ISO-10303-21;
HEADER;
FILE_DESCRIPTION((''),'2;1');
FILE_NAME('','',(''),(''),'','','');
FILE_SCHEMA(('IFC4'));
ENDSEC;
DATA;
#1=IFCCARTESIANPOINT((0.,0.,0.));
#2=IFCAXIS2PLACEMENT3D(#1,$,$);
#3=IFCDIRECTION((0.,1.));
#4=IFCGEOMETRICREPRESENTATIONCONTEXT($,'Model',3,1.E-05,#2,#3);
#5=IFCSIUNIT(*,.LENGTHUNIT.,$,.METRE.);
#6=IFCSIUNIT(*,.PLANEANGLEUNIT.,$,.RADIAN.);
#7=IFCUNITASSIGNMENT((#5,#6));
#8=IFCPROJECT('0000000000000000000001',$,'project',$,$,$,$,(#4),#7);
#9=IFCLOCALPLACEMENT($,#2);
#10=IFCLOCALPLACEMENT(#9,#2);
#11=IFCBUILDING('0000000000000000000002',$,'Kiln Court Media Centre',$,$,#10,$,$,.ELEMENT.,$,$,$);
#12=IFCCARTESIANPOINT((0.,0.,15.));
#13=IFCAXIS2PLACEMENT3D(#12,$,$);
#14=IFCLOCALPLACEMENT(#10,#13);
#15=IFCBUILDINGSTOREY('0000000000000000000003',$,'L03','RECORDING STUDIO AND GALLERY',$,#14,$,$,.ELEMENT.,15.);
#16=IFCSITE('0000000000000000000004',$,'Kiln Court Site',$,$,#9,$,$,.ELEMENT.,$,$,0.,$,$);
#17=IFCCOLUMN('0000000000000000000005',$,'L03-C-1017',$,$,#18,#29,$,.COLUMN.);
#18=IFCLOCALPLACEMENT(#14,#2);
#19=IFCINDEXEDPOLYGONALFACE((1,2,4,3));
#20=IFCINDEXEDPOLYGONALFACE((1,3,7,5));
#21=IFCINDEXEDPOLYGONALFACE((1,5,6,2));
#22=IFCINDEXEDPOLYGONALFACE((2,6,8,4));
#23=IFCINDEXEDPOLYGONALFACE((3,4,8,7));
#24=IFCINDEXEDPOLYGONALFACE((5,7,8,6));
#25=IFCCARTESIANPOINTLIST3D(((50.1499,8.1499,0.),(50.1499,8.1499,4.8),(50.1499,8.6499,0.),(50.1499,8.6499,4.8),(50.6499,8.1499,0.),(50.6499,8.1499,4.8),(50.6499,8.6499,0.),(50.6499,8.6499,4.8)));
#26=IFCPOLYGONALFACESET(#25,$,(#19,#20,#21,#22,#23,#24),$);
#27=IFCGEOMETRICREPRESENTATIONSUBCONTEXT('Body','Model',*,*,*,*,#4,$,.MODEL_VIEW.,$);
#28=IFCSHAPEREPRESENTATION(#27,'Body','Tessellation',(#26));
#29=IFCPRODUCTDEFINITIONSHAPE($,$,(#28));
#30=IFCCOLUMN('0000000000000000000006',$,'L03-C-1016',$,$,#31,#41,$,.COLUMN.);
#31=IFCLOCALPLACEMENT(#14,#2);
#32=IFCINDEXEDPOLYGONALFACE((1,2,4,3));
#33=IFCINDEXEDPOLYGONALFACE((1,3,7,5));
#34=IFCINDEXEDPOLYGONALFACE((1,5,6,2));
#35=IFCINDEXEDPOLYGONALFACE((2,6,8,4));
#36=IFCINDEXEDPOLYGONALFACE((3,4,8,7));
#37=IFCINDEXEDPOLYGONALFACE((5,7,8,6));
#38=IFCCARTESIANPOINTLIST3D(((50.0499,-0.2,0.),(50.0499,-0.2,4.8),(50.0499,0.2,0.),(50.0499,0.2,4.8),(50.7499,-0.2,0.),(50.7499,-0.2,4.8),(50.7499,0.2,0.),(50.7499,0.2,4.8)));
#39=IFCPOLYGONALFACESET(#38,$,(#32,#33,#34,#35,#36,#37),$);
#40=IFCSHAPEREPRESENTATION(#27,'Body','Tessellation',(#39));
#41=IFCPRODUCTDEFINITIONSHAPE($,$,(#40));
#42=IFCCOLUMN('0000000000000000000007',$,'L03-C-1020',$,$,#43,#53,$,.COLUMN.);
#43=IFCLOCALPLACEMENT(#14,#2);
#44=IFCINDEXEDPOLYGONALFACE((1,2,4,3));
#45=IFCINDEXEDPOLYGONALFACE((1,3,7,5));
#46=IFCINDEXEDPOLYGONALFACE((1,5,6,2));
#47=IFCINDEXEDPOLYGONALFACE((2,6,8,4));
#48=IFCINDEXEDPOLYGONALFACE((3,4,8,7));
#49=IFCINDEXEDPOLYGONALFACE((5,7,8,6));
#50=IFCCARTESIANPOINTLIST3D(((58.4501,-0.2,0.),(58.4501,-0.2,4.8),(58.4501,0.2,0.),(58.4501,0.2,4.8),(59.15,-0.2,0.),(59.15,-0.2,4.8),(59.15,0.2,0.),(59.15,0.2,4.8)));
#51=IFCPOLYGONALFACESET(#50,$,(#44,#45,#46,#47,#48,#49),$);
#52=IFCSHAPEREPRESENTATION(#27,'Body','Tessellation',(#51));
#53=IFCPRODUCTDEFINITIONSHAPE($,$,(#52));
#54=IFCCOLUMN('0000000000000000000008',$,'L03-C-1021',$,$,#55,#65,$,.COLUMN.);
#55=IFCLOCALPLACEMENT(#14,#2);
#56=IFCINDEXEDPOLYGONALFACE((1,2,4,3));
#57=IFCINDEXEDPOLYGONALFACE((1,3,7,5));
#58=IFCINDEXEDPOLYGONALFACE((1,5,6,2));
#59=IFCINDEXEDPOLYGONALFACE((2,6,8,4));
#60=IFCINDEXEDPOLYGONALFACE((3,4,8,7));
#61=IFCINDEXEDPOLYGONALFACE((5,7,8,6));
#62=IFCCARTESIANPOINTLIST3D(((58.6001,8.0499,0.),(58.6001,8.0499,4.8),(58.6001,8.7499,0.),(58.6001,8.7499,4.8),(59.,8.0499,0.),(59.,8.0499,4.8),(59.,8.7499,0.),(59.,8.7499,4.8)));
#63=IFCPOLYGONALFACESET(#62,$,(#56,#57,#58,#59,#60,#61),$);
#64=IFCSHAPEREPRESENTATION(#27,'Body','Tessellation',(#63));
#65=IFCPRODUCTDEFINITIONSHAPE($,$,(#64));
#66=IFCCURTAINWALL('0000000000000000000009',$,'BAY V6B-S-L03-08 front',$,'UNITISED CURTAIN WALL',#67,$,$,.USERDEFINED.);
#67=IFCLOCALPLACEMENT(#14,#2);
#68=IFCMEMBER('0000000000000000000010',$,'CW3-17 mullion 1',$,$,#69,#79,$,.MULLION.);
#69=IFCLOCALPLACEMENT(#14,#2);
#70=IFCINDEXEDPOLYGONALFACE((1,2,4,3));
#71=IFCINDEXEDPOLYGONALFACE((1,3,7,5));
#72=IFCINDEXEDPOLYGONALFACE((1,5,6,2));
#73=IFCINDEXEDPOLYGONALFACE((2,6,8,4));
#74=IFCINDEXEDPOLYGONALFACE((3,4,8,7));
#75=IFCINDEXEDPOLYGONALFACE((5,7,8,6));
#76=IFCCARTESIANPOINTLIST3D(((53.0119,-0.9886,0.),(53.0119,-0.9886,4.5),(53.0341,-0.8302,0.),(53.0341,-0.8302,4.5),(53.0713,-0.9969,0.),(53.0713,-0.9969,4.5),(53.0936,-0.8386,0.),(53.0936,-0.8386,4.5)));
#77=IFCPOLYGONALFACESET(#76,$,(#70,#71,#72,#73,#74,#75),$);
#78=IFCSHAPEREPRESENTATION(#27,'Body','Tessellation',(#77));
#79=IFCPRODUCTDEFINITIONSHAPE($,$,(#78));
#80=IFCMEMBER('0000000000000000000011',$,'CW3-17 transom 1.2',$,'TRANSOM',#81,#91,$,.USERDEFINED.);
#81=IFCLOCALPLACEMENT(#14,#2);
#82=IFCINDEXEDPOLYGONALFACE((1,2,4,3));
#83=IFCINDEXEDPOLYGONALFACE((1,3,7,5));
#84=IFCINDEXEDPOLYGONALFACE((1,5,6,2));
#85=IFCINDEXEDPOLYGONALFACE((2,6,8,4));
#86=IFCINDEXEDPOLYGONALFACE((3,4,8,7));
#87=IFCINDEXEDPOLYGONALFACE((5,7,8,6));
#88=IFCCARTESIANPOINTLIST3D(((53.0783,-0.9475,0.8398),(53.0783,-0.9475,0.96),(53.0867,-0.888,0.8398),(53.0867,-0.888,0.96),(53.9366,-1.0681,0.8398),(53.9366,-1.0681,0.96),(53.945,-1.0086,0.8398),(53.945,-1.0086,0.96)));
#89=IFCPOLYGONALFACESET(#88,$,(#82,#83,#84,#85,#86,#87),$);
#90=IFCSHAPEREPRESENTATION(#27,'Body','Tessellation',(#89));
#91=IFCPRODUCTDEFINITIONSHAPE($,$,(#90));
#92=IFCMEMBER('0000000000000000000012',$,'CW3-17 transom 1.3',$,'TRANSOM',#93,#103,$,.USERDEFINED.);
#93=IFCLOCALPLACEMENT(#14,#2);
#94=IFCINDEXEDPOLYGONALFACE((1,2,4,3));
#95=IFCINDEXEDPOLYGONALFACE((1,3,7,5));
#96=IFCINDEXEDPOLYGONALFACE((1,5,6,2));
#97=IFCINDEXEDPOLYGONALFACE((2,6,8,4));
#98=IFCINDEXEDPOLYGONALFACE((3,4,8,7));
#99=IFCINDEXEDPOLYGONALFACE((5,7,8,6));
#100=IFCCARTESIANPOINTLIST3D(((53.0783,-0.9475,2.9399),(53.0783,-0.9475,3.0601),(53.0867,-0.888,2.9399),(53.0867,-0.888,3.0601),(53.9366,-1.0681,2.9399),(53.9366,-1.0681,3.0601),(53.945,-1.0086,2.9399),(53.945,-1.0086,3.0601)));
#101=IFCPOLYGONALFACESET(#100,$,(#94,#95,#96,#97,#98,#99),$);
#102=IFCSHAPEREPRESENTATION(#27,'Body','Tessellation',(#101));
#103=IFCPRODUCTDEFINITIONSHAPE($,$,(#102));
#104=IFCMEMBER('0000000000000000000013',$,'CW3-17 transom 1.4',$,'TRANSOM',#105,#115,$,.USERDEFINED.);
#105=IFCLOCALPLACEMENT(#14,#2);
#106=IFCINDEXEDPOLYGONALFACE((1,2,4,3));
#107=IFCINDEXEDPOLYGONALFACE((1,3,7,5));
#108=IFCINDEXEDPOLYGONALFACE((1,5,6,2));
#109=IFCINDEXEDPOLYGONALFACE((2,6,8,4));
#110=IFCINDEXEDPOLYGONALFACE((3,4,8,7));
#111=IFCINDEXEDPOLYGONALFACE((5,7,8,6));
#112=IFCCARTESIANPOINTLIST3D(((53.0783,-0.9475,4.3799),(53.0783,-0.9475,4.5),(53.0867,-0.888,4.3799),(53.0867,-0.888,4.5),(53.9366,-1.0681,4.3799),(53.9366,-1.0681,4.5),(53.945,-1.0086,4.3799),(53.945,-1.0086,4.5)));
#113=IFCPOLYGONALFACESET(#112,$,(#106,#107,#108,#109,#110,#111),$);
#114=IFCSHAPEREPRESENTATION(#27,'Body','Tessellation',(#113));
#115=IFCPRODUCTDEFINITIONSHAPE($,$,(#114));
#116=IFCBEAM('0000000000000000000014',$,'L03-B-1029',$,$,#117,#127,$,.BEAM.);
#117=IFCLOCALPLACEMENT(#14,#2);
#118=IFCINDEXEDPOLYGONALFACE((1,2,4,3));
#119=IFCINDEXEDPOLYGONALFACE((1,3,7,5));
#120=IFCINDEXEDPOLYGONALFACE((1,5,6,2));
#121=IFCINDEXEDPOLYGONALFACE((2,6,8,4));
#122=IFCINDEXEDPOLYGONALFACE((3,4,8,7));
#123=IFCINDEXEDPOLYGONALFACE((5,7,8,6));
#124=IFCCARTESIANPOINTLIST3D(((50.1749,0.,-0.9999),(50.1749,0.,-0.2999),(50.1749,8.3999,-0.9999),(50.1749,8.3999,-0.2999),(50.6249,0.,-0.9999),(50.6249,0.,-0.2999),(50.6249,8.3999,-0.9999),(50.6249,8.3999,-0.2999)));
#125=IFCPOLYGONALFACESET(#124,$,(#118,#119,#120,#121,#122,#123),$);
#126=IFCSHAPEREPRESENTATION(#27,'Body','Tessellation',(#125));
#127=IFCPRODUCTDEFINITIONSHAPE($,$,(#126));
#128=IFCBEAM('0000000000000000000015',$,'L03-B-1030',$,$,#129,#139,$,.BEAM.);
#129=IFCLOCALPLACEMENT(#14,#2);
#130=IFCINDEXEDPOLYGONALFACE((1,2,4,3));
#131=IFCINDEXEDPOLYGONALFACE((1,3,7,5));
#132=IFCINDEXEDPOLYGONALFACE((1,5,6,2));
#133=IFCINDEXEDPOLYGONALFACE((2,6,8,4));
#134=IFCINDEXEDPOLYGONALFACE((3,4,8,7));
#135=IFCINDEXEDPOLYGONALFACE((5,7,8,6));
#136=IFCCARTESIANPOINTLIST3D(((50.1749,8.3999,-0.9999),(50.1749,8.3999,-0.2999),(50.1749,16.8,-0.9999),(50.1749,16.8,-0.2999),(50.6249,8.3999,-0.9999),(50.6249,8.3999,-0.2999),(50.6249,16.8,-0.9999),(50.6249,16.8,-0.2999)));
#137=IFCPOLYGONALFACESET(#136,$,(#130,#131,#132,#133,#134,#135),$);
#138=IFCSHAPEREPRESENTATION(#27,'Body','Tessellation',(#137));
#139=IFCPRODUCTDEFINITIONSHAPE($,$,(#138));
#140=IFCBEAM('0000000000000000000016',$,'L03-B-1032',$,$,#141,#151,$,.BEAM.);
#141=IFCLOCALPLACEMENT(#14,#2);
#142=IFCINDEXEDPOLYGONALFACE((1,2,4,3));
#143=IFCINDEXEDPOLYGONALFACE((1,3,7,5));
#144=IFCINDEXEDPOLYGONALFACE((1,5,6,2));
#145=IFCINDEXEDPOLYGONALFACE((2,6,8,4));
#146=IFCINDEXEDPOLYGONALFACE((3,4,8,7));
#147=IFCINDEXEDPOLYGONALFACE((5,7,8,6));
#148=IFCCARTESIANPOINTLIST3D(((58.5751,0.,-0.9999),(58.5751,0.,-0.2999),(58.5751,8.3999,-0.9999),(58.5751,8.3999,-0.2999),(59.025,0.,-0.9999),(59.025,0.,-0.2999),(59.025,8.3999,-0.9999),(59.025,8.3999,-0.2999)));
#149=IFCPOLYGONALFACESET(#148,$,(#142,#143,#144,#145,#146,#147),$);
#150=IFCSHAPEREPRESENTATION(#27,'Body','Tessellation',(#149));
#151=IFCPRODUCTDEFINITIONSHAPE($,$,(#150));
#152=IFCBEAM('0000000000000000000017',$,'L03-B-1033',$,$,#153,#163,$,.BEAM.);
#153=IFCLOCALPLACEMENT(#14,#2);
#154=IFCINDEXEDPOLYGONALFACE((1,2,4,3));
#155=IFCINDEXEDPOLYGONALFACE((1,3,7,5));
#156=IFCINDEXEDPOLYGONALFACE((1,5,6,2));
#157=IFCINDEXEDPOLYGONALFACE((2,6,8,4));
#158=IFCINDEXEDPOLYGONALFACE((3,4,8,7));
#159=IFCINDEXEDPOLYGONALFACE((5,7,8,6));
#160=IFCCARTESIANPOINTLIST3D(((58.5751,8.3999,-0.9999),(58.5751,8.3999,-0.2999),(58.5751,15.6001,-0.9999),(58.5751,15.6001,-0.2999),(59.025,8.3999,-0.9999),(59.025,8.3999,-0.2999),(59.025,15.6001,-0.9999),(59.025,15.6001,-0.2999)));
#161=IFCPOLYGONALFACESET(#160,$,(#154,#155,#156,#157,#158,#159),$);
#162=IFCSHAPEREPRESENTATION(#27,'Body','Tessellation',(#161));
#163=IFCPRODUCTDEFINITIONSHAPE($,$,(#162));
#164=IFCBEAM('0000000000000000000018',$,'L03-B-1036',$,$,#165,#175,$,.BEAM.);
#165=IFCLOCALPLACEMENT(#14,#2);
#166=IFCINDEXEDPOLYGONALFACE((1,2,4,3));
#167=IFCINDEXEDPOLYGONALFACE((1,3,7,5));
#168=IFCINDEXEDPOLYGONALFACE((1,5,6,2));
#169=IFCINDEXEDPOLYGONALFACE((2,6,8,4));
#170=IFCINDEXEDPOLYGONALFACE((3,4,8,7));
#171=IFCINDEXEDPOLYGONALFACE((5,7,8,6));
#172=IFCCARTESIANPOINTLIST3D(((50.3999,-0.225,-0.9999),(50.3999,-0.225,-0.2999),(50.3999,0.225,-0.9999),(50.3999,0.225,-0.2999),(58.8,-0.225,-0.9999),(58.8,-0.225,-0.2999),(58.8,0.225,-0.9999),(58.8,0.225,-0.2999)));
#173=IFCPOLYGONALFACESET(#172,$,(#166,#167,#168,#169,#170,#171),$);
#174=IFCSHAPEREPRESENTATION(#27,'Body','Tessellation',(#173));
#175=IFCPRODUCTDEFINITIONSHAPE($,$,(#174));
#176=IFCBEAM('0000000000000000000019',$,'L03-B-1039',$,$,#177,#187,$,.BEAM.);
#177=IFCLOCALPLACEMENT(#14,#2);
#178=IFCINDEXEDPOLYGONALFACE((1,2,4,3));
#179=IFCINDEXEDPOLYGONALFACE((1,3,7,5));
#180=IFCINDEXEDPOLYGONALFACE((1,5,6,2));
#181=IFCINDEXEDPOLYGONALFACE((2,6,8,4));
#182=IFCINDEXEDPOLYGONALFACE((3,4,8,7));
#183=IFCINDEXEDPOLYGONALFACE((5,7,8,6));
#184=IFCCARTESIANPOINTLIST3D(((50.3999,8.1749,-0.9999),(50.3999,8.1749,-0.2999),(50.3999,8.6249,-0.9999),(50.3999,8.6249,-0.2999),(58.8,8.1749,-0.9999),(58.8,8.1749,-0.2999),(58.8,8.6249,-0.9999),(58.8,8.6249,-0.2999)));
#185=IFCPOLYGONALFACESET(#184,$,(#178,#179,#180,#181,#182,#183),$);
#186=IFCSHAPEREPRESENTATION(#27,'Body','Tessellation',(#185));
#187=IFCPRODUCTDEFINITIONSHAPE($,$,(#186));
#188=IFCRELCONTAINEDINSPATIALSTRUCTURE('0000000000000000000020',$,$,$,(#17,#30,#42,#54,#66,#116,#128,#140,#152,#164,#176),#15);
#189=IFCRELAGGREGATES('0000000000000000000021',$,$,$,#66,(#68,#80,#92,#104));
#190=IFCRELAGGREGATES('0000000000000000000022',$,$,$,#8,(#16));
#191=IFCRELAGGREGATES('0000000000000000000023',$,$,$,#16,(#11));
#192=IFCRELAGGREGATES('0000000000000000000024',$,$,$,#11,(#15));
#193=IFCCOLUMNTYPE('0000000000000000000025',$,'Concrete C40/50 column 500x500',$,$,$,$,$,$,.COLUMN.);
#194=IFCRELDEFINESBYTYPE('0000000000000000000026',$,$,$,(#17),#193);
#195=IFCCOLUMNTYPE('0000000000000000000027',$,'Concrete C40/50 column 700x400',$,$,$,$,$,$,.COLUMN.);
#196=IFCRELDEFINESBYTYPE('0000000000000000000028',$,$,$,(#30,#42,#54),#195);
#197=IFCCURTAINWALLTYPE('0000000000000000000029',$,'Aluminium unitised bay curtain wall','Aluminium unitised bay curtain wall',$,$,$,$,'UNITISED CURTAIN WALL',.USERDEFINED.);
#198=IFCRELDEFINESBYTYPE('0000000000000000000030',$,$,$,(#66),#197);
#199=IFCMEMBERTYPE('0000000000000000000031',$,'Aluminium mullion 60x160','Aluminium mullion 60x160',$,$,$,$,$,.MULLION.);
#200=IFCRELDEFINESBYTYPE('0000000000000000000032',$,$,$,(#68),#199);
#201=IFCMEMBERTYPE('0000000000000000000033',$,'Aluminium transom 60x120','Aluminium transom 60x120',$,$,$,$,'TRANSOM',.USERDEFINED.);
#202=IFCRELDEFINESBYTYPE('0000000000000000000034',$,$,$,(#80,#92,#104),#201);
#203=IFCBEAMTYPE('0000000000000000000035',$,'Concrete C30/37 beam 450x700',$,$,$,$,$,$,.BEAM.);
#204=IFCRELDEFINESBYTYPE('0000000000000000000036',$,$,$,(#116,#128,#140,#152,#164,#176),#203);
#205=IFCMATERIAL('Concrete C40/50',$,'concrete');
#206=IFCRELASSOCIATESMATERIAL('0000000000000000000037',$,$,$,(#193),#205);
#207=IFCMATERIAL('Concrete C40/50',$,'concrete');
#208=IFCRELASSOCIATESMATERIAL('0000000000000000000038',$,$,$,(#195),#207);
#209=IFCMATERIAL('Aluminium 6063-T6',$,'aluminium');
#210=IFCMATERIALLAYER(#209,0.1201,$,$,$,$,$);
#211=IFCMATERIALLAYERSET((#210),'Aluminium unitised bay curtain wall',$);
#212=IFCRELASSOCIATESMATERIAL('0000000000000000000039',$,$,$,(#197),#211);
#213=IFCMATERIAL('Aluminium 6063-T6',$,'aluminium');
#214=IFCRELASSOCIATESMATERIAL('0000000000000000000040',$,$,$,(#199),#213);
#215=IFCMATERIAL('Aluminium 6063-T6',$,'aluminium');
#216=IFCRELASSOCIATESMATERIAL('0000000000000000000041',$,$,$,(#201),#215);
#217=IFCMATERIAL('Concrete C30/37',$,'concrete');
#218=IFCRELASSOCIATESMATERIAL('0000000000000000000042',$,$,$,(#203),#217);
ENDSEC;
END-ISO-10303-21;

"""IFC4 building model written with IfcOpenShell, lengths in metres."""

from ifc_helpers import new_model, si_unit, direction, frame, origin, origin_2d, place, context, subcontext, project, spatial, rectangle, extrude, material, layer, layer_set, material_profile, profile_set, type_object, element, aggregate, save


model = new_model("IFC4")

# Units and contexts
model_context = context("Model", 3, precision=1e-05, world=origin(), true_north=direction((0.0, 1.0)))
body_context = subcontext(model_context, "Body", "Model", "MODEL_VIEW")
ifc_project = project(units=[si_unit("LENGTHUNIT", "METRE"), si_unit("PLANEANGLEUNIT", "RADIAN")], contexts=[model_context])

# Site, building, storey
site_placement = place(None, origin())
site = spatial("IfcSite", under=ifc_project, at=site_placement, Name="Kiln Court Site", CompositionType="ELEMENT", RefElevation=0.0)
building_placement = place(site_placement, origin())
building = spatial("IfcBuilding", under=site, at=building_placement, Name="Kiln Court Media Centre", CompositionType="ELEMENT")
storey_placement = place(building_placement, frame((0.0, 0.0, 15.0)))
storey = spatial("IfcBuildingStorey", under=building, at=storey_placement, Name="L03", Description="RECORDING STUDIO AND GALLERY", CompositionType="ELEMENT", Elevation=15.0)

# Columns
ifc_material_1 = material(Name="Concrete C40/50", Category="concrete")
ifc_material_profile_1 = material_profile(ifc_material_1, rectangle(XDim=0.5, YDim=0.5, at=origin_2d()), Name="RC 500x500")
ifc_profile_set_1 = profile_set([ifc_material_profile_1], Name="Concrete C40/50")
column_type_1 = type_object("IfcColumnType", Name="Concrete C40/50 column 500x500", PredefinedType="COLUMN", material=ifc_profile_set_1)
column_placement = place(storey_placement, frame((50.3999, 8.3999, 0.0), z_axis=(0.0, 0.0, 1.0), x_axis=(1.0, 0.0, 0.0)))
element("IfcColumn", 1, at=column_placement, inside=storey, type_object=column_type_1, Name="L03-C-1017", PredefinedType="COLUMN", context=body_context, shape_type="SweptSolid", body=[
    extrude(rectangle(XDim=0.5, YDim=0.5, at=origin_2d()), origin(), (0.0, 0.0, 1.0), 4.8),
])
ifc_material_2 = material(Name="Concrete C40/50", Category="concrete")
ifc_material_profile_2 = material_profile(ifc_material_2, rectangle(XDim=0.7, YDim=0.3999, at=origin_2d()), Name="RC 700x400")
ifc_profile_set_2 = profile_set([ifc_material_profile_2], Name="Concrete C40/50")
column_type_2 = type_object("IfcColumnType", Name="Concrete C40/50 column 700x400", PredefinedType="COLUMN", material=ifc_profile_set_2)
for number, where, z_axis, x_axis, name in (
    (2, (50.3999, 0.0, 0.0), (0.0, 0.0, 1.0), (1.0, 0.0, 0.0), "L03-C-1016"),
    (3, (58.8, 0.0, 0.0), (0.0, 0.0, 1.0), (1.0, 0.0, 0.0), "L03-C-1020"),
    (4, (58.8, 8.3999, 0.0), (0.0, 0.0, 1.0), (0.0, 1.0, 0.0), "L03-C-1021"),
):
    element("IfcColumn", number, at=place(storey_placement, frame(where, z_axis=z_axis, x_axis=x_axis)), inside=storey, type_object=column_type_2, Name=name, PredefinedType="COLUMN", context=body_context, shape_type="SweptSolid", body=[
        extrude(rectangle(XDim=0.7, YDim=0.3999, at=origin_2d()), origin(), (0.0, 0.0, 1.0), 4.8),
    ])

# Curtain wall, members
ifc_material_3 = material(Name="Aluminium 6063-T6", Category="aluminium")
ifc_layer_1 = layer(ifc_material_3, 0.1201)
ifc_layer_set_1 = layer_set([ifc_layer_1], Name="Aluminium unitised bay curtain wall")
curtain_wall_type = type_object("IfcCurtainWallType", Name="Aluminium unitised bay curtain wall", Description="Aluminium unitised bay curtain wall", ElementType="UNITISED CURTAIN WALL", PredefinedType="USERDEFINED", material=ifc_layer_set_1)
curtain_wall_placement = place(storey_placement, origin())
curtain_wall = element("IfcCurtainWall", 5, at=curtain_wall_placement, inside=storey, type_object=curtain_wall_type, Name="BAY V6B-S-L03-08 front", ObjectType="UNITISED CURTAIN WALL", PredefinedType="USERDEFINED")
ifc_material_4 = material(Name="Aluminium 6063-T6", Category="aluminium")
ifc_material_profile_3 = material_profile(ifc_material_4, rectangle(XDim=0.0601, YDim=0.1599, at=origin_2d()), Name="Aluminium mullion 60x160")
ifc_profile_set_3 = profile_set([ifc_material_profile_3], Name="Aluminium 6063-T6")
member_type_1 = type_object("IfcMemberType", Name="Aluminium mullion 60x160", Description="Aluminium mullion 60x160", PredefinedType="MULLION", material=ifc_profile_set_3)
member_1_placement = place(storey_placement, frame((53.0527, -0.9136, 0.0), z_axis=(0.0, 0.0, 1.0), x_axis=(0.99027, -0.139162, 0.0)))
member_1 = element("IfcMember", 6, at=member_1_placement, type_object=member_type_1, Name="CW3-17 mullion 1", PredefinedType="MULLION", context=body_context, shape_type="SweptSolid", body=[
    extrude(rectangle(XDim=0.0601, YDim=0.1599, at=origin_2d()), origin(), (0.0, 0.0, 1.0), 4.5),
])
ifc_material_5 = material(Name="Aluminium 6063-T6", Category="aluminium")
ifc_material_profile_4 = material_profile(ifc_material_5, rectangle(XDim=0.0601, YDim=0.1201, at=origin_2d()), Name="Aluminium transom 60x120")
ifc_profile_set_4 = profile_set([ifc_material_profile_4], Name="Aluminium 6063-T6")
member_type_2 = type_object("IfcMemberType", Name="Aluminium transom 60x120", Description="Aluminium transom 60x120", ElementType="TRANSOM", PredefinedType="USERDEFINED", material=ifc_profile_set_4)
member_2_placement = place(storey_placement, frame((53.0825, -0.9177, 0.8999), z_axis=(0.990268, -0.139173, 0.0), x_axis=(0.139173, 0.990268, 0.0)))
member_2 = element("IfcMember", 7, at=member_2_placement, type_object=member_type_2, Name="CW3-17 transom 1.2", ObjectType="TRANSOM", PredefinedType="USERDEFINED", context=body_context, shape_type="SweptSolid", body=[
    extrude(rectangle(XDim=0.0601, YDim=0.1201, at=origin_2d()), origin(), (0.0, 0.0, 1.0), 0.8667),
])
member_3_placement = place(storey_placement, frame((53.0825, -0.9177, 3.0), z_axis=(0.990268, -0.139173, 0.0), x_axis=(0.139173, 0.990268, 0.0)))
member_3 = element("IfcMember", 8, at=member_3_placement, type_object=member_type_2, Name="CW3-17 transom 1.3", ObjectType="TRANSOM", PredefinedType="USERDEFINED", context=body_context, shape_type="SweptSolid", body=[
    extrude(rectangle(XDim=0.0601, YDim=0.1201, at=origin_2d()), origin(), (0.0, 0.0, 1.0), 0.8667),
])
member_4_placement = place(storey_placement, frame((53.0825, -0.9177, 4.4399), z_axis=(0.990268, -0.139173, 0.0), x_axis=(0.139173, 0.990268, 0.0)))
member_4 = element("IfcMember", 9, at=member_4_placement, type_object=member_type_2, Name="CW3-17 transom 1.4", ObjectType="TRANSOM", PredefinedType="USERDEFINED", context=body_context, shape_type="SweptSolid", body=[
    extrude(rectangle(XDim=0.0601, YDim=0.1201, at=origin_2d()), origin(), (0.0, 0.0, 1.0), 0.8667),
])
aggregate(curtain_wall, [member_1, member_2, member_3, member_4])

# Beams
ifc_material_6 = material(Name="Concrete C30/37", Category="concrete")
ifc_material_profile_5 = material_profile(ifc_material_6, rectangle(XDim=0.45, YDim=0.7, at=origin_2d()), Name="RC 450x700")
ifc_profile_set_5 = profile_set([ifc_material_profile_5], Name="Concrete C30/37")
beam_type = type_object("IfcBeamType", Name="Concrete C30/37 beam 450x700", PredefinedType="BEAM", material=ifc_profile_set_5)
beam_1_placement = place(storey_placement, frame((50.3999, 0.0, -0.6499), z_axis=(0.0, 1.0, 0.0), x_axis=(-1.0, 0.0, 0.0)))
element("IfcBeam", 10, at=beam_1_placement, inside=storey, type_object=beam_type, Name="L03-B-1029", PredefinedType="BEAM", context=body_context, shape_type="SweptSolid", body=[
    extrude(rectangle(XDim=0.45, YDim=0.7, at=origin_2d()), origin(), (0.0, 0.0, 1.0), 8.3999),
])
beam_2_placement = place(storey_placement, frame((50.3999, 8.3999, -0.6499), z_axis=(0.0, 1.0, 0.0), x_axis=(-1.0, 0.0, 0.0)))
element("IfcBeam", 11, at=beam_2_placement, inside=storey, type_object=beam_type, Name="L03-B-1030", PredefinedType="BEAM", context=body_context, shape_type="SweptSolid", body=[
    extrude(rectangle(XDim=0.45, YDim=0.7, at=origin_2d()), origin(), (0.0, 0.0, 1.0), 8.4001),
])
beam_3_placement = place(storey_placement, frame((58.8, 0.0, -0.6499), z_axis=(0.0, 1.0, 0.0), x_axis=(-1.0, 0.0, 0.0)))
element("IfcBeam", 12, at=beam_3_placement, inside=storey, type_object=beam_type, Name="L03-B-1032", PredefinedType="BEAM", context=body_context, shape_type="SweptSolid", body=[
    extrude(rectangle(XDim=0.45, YDim=0.7, at=origin_2d()), origin(), (0.0, 0.0, 1.0), 8.3999),
])
beam_4_placement = place(storey_placement, frame((58.8, 8.3999, -0.6499), z_axis=(0.0, 1.0, 0.0), x_axis=(-1.0, 0.0, 0.0)))
element("IfcBeam", 13, at=beam_4_placement, inside=storey, type_object=beam_type, Name="L03-B-1033", PredefinedType="BEAM", context=body_context, shape_type="SweptSolid", body=[
    extrude(rectangle(XDim=0.45, YDim=0.7, at=origin_2d()), origin(), (0.0, 0.0, 1.0), 7.2002),
])
for number, where, z_axis, x_axis, name in (
    (14, (50.3999, 0.0, -0.6499), (1.0, 0.0, 0.0), (0.0, 1.0, 0.0), "L03-B-1036"),
    (15, (50.3999, 8.3999, -0.6499), (1.0, 0.0, 0.0), (0.0, 1.0, 0.0), "L03-B-1039"),
):
    element("IfcBeam", number, at=place(storey_placement, frame(where, z_axis=z_axis, x_axis=x_axis)), inside=storey, type_object=beam_type, Name=name, PredefinedType="BEAM", context=body_context, shape_type="SweptSolid", body=[
        extrude(rectangle(XDim=0.45, YDim=0.7, at=origin_2d()), origin(), (0.0, 0.0, 1.0), 8.4001),
    ])

save(model, "model.ifc")
